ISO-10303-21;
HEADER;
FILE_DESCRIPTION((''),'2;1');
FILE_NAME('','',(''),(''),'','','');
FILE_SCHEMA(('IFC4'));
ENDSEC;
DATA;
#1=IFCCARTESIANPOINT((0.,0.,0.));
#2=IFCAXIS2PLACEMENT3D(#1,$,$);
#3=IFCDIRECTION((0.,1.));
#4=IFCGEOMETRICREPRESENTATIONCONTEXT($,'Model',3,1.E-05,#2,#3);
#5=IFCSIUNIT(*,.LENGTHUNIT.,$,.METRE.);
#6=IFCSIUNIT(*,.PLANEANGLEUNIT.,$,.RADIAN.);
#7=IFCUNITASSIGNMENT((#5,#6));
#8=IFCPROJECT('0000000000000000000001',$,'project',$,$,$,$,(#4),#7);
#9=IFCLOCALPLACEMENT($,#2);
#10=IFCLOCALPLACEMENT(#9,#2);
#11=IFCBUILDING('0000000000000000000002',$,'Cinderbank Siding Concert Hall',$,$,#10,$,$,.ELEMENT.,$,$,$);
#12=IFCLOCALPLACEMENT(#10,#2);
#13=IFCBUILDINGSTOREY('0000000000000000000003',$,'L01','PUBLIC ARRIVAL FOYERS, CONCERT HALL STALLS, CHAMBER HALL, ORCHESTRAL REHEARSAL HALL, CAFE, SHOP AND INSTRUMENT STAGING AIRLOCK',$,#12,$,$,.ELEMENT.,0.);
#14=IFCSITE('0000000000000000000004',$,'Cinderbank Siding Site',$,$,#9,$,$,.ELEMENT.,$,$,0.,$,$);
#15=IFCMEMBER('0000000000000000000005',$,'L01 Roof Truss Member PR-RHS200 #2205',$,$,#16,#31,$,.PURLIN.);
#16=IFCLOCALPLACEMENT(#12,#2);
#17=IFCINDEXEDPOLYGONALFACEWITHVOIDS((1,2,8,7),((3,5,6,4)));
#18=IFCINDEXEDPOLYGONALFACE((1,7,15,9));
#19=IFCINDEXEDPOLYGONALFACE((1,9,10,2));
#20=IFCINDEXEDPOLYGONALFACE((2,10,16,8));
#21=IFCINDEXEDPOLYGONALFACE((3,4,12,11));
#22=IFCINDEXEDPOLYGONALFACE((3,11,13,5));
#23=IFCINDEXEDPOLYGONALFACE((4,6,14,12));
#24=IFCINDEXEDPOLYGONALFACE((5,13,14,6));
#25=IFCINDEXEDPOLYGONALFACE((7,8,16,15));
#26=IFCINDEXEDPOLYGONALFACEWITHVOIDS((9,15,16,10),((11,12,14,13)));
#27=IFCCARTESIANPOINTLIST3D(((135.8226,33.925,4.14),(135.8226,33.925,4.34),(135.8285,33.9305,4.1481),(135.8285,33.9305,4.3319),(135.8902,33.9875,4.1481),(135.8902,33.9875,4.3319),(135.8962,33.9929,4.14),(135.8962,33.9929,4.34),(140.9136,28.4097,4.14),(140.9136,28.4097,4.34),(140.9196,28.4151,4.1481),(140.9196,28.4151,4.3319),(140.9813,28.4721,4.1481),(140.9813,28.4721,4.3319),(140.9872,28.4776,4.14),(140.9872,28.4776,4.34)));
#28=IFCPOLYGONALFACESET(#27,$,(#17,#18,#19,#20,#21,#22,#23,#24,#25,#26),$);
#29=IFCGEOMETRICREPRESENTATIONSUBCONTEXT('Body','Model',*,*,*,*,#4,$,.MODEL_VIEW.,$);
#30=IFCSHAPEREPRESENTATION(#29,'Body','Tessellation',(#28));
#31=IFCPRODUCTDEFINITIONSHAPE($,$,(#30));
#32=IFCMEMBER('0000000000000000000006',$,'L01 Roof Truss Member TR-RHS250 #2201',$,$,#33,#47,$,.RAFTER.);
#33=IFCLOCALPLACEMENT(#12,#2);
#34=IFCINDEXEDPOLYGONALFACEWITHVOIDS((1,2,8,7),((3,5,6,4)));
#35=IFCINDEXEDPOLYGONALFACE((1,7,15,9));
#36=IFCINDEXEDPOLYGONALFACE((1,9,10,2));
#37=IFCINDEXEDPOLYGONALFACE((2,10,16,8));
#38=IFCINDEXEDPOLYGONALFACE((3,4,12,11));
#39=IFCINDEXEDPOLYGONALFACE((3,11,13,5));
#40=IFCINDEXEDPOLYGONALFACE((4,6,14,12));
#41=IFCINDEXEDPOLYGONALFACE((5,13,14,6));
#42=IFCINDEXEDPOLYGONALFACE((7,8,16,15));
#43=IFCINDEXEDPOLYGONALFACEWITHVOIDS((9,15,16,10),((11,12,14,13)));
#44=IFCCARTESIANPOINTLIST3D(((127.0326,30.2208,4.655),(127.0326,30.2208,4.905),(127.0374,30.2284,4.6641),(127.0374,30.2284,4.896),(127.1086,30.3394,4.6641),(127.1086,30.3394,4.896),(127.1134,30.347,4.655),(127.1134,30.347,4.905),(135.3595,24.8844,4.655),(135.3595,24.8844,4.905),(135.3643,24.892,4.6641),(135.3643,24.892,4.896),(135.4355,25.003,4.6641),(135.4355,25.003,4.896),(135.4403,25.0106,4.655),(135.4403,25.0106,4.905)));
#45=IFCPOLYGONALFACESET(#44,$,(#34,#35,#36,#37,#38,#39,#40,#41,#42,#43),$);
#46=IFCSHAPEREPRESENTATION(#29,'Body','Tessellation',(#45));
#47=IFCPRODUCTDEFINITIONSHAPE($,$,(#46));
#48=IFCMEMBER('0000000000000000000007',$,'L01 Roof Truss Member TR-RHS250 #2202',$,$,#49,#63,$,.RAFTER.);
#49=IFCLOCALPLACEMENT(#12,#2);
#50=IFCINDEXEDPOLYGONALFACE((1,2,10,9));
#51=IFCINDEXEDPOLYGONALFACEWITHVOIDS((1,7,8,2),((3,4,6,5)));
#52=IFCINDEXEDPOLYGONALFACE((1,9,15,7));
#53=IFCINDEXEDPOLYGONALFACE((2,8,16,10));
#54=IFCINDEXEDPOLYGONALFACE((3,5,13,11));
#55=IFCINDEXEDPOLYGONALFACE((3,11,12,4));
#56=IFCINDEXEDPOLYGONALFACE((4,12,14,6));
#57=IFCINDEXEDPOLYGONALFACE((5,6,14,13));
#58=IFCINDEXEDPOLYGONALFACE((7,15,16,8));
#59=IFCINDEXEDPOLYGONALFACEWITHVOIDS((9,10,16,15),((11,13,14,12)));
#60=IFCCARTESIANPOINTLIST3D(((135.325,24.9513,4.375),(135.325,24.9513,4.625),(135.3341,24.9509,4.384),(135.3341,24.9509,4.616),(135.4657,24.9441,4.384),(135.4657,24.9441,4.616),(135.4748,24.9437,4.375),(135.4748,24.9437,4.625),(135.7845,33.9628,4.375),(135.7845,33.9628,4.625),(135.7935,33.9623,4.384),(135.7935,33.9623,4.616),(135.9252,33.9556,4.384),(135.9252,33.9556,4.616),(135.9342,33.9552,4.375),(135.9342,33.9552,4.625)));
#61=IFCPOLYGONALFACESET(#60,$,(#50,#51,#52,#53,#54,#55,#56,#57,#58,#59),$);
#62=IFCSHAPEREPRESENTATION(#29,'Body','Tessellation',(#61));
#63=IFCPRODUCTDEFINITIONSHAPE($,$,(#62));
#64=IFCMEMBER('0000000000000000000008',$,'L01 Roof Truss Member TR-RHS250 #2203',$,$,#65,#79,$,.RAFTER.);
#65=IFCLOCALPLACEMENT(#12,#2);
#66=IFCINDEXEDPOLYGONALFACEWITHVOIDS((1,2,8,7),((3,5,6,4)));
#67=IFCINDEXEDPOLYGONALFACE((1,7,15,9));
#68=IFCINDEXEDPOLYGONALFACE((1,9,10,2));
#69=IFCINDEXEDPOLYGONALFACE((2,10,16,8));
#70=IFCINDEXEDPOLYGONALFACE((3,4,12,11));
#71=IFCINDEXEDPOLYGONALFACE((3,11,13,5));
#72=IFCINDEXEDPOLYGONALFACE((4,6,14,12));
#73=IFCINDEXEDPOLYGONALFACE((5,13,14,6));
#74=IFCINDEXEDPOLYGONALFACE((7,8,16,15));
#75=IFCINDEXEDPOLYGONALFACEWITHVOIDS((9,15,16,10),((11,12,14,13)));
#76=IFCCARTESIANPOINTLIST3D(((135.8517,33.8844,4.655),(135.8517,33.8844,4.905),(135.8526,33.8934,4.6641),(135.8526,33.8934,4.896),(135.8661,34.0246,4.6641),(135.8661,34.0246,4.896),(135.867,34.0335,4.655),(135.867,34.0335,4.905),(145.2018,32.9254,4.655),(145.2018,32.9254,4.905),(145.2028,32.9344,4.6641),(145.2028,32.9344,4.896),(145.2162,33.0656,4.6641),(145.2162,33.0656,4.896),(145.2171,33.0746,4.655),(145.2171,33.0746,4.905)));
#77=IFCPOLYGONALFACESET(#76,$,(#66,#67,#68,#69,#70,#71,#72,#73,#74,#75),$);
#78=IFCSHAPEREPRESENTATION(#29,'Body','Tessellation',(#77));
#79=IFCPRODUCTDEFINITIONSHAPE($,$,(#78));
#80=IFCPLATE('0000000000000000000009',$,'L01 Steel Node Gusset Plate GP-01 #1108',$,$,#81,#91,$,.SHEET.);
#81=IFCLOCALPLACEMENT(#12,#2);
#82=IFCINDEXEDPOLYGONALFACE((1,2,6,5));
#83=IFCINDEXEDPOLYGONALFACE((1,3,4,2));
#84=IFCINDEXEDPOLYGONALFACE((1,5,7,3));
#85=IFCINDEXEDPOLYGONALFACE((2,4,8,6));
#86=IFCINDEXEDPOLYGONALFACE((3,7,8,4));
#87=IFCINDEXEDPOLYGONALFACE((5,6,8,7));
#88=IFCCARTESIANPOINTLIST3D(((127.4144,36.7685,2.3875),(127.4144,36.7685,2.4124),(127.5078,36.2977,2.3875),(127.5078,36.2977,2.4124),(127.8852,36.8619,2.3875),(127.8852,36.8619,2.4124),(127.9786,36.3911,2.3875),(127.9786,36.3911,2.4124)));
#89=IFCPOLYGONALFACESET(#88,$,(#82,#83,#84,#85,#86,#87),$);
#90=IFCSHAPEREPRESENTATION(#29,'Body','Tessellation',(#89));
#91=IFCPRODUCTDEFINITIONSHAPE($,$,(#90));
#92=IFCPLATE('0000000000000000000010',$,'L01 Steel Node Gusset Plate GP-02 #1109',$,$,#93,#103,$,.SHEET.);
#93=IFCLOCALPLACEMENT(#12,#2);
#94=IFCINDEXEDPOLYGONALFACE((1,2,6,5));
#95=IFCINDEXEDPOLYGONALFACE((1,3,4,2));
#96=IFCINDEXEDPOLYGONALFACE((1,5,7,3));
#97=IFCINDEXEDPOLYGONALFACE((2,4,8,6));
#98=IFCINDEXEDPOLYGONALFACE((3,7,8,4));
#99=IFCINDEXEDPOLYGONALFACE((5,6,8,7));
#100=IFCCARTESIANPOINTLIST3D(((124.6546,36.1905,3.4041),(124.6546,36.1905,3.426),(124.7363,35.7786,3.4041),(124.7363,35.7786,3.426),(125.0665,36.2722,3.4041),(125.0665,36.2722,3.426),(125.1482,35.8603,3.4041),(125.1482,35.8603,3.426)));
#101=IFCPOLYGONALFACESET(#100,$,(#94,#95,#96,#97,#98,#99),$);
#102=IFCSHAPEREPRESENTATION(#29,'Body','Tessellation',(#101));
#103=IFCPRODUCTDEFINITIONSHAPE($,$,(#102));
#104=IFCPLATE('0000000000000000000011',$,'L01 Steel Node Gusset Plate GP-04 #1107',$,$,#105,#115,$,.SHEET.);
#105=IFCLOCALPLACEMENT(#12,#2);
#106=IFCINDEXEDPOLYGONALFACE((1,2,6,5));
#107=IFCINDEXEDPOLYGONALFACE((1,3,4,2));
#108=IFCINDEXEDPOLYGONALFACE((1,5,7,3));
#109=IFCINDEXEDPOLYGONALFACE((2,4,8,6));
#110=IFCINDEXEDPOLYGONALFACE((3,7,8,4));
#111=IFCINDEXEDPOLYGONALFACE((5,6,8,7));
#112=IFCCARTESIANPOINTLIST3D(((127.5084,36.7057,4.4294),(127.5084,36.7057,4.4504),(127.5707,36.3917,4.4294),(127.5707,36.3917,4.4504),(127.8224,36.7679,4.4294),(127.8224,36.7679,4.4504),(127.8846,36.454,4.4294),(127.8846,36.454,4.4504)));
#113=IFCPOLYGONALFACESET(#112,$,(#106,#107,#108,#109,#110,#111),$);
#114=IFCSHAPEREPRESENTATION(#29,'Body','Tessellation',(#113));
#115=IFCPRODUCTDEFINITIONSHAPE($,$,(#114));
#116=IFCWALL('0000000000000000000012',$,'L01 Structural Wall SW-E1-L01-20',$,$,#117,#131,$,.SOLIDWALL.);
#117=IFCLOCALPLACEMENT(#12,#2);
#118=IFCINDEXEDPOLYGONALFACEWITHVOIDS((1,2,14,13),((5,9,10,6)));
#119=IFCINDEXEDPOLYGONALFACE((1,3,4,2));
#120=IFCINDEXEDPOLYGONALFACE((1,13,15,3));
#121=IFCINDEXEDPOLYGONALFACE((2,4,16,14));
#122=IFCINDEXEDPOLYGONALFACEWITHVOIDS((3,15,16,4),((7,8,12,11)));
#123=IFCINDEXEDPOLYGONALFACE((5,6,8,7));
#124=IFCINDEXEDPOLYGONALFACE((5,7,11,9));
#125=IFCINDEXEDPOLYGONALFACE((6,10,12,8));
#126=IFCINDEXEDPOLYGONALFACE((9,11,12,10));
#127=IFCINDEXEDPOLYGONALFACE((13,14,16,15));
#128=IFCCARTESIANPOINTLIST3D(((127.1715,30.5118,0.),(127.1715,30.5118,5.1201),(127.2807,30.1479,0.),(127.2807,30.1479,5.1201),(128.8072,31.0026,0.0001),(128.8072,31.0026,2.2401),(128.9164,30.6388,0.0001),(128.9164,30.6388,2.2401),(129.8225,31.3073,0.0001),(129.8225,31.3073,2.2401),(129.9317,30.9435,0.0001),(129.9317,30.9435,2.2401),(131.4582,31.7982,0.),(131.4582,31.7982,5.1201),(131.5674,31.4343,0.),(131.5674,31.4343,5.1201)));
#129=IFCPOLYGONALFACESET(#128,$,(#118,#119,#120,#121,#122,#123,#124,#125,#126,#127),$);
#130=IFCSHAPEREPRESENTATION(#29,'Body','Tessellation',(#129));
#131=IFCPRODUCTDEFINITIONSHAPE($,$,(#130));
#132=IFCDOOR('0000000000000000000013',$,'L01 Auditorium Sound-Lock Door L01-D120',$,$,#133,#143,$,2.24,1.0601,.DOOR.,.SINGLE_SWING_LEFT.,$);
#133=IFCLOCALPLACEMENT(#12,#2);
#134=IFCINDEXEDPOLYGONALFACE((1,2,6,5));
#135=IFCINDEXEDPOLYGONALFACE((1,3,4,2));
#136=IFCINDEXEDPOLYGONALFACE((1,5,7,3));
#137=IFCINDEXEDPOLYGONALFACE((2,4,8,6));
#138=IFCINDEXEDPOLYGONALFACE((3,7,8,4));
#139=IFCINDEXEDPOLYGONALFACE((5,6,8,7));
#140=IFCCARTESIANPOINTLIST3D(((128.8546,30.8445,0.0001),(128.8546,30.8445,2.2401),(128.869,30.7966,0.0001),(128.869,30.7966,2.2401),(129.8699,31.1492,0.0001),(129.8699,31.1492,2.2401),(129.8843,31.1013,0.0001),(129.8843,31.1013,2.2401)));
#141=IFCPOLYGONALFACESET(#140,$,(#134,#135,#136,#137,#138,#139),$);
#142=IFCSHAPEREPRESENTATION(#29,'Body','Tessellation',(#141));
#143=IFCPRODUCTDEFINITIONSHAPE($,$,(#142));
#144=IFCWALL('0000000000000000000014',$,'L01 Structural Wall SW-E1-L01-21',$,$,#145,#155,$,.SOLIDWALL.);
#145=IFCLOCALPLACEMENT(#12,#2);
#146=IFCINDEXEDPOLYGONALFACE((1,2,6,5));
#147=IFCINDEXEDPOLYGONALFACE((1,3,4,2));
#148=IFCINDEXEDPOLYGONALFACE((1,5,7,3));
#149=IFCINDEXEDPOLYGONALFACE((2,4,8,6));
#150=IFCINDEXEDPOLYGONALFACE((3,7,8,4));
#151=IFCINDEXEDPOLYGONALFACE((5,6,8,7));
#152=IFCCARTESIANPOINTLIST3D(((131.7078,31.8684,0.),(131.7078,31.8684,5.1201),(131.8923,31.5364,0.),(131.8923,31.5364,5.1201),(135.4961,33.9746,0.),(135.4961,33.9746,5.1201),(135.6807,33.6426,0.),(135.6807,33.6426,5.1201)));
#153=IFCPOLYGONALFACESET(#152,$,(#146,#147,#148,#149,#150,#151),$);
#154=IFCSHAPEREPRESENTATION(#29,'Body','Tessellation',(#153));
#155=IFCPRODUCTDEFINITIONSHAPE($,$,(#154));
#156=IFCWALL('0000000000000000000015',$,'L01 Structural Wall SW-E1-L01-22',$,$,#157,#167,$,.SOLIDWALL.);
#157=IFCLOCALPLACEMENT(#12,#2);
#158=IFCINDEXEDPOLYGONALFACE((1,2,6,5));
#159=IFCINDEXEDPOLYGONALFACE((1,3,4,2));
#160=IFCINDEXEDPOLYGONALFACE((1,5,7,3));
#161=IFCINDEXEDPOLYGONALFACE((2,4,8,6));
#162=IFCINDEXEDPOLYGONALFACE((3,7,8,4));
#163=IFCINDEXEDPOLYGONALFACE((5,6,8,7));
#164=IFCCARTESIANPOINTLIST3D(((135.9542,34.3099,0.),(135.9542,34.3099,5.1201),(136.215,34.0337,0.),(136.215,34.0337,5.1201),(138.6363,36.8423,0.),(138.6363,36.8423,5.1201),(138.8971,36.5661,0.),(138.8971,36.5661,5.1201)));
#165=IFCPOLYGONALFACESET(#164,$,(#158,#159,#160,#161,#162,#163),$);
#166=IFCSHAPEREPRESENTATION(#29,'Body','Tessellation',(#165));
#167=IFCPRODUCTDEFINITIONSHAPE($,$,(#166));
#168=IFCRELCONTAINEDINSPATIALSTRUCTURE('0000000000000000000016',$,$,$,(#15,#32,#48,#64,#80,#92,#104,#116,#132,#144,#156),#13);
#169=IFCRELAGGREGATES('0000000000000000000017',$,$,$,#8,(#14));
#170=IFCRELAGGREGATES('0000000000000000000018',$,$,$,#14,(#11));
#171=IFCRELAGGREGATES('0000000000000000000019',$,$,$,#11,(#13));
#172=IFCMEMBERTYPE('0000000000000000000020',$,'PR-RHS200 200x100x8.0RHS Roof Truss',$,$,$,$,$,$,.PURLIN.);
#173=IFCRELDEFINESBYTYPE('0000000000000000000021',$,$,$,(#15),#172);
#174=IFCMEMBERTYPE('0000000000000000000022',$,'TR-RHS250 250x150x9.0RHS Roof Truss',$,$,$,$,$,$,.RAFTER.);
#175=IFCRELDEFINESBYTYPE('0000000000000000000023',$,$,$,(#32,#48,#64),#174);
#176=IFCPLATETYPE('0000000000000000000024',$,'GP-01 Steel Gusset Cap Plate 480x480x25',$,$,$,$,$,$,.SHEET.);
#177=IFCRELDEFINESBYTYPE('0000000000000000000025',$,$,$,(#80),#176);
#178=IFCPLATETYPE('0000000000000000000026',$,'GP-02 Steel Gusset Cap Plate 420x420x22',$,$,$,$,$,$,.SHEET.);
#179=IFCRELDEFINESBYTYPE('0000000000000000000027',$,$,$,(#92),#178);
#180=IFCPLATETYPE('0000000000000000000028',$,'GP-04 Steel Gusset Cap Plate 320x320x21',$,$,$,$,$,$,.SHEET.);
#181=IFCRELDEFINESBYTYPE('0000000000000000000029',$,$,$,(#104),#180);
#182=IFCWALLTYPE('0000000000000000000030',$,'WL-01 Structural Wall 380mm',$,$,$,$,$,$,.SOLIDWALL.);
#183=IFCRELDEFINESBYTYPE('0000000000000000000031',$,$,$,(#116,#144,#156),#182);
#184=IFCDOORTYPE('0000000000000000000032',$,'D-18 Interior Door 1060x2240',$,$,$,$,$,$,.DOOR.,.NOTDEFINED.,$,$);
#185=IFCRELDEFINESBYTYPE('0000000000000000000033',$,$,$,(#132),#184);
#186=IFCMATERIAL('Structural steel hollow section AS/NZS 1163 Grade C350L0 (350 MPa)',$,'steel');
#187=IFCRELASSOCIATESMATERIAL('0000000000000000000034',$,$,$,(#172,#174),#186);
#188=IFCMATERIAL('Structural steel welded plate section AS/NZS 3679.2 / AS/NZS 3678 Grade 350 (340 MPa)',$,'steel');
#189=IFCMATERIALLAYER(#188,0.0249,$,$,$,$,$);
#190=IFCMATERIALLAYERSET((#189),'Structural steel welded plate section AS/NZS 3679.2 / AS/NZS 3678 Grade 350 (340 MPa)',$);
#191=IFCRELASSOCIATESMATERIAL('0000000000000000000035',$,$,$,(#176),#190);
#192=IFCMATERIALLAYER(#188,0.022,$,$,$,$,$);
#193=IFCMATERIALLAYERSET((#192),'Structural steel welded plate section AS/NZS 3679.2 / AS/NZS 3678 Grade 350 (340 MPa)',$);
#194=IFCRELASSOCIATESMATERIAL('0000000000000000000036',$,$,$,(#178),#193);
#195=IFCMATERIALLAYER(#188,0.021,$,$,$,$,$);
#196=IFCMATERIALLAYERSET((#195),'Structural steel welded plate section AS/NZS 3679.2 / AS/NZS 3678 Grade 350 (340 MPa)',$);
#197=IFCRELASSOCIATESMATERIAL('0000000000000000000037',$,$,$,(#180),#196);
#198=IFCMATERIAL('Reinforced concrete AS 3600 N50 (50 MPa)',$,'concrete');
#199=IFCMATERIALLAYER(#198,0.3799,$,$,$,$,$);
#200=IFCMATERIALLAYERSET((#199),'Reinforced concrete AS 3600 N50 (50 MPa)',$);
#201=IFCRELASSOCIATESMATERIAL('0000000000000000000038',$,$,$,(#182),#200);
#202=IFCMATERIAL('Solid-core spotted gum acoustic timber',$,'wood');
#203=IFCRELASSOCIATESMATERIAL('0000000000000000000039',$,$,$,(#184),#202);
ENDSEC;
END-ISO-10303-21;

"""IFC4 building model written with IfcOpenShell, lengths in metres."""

from ifc_helpers import new_model, si_unit, direction, frame, frame_2d, origin, origin_2d, place, context, subcontext, project, spatial, rectangle, hollow_rectangle, extrude, material, layer, layer_set, material_profile, profile_set, type_object, element, fill, save


model = new_model("IFC4")

# Units and contexts
model_context = context("Model", 3, precision=1e-05, world=origin(), true_north=direction((0.0, 1.0)))
body_context = subcontext(model_context, "Body", "Model", "MODEL_VIEW")
ifc_project = project(units=[si_unit("LENGTHUNIT", "METRE"), si_unit("PLANEANGLEUNIT", "RADIAN")], contexts=[model_context])

# Site, building, storey
site_placement = place(None, origin())
site = spatial("IfcSite", under=ifc_project, at=site_placement, Name="Cinderbank Siding Site", CompositionType="ELEMENT", RefElevation=0.0)
building_placement = place(site_placement, origin())
building = spatial("IfcBuilding", under=site, at=building_placement, Name="Cinderbank Siding Concert Hall", CompositionType="ELEMENT")
storey_placement = place(building_placement, origin())
storey = spatial("IfcBuildingStorey", under=building, at=storey_placement, Name="L01", Description="PUBLIC ARRIVAL FOYERS, CONCERT HALL STALLS, CHAMBER HALL, ORCHESTRAL REHEARSAL HALL, CAFE, SHOP AND INSTRUMENT STAGING AIRLOCK", CompositionType="ELEMENT", Elevation=0.0)

# Shared definitions
ifc_material_1 = material(Name="Reinforced concrete AS 3600 N50 (50 MPa)", Category="concrete")
ifc_material_2 = material(Name="Structural steel welded plate section AS/NZS 3679.2 / AS/NZS 3678 Grade 350 (340 MPa)", Category="steel")

# Members
ifc_material_3 = material(Name="Structural steel hollow section AS/NZS 1163 Grade C350L0 (350 MPa)", Category="steel")
ifc_material_profile_1 = material_profile(ifc_material_3, hollow_rectangle(XDim=0.1001, YDim=0.2, WallThickness=0.0081, at=origin_2d()), Name="200x100x8.0RHS", Category="LoadBearing")
ifc_profile_set_1 = profile_set([ifc_material_profile_1], Name="Structural steel hollow section AS/NZS 1163 Grade C350L0 (350 MPa)")
member_type_1 = type_object("IfcMemberType", Name="PR-RHS200 200x100x8.0RHS Roof Truss", PredefinedType="PURLIN", material=ifc_profile_set_1)
member_1_placement = place(storey_placement, frame((135.8594, 33.959, 4.24), z_axis=(0.678276, -0.734807, 0.0), x_axis=(0.734807, 0.678276, 0.0)))
element("IfcMember", 1, at=member_1_placement, inside=storey, type_object=member_type_1, Name="L01 Roof Truss Member PR-RHS200 #2205", PredefinedType="PURLIN", context=body_context, shape_type="SweptSolid", body=[
    extrude(hollow_rectangle(XDim=0.1001, YDim=0.2, WallThickness=0.0081, at=origin_2d()), origin(), (0.0, 0.0, 1.0), 7.5059),
])
ifc_material_profile_2 = material_profile(ifc_material_3, hollow_rectangle(XDim=0.1499, YDim=0.25, WallThickness=0.009, at=origin_2d()), Name="250x150x9.0RHS", Category="LoadBearing")
ifc_profile_set_2 = profile_set([ifc_material_profile_2], Name="Structural steel hollow section AS/NZS 1163 Grade C350L0 (350 MPa)")
member_type_2 = type_object("IfcMemberType", Name="TR-RHS250 250x150x9.0RHS Roof Truss", PredefinedType="RAFTER", material=ifc_profile_set_2)
member_2_placement = place(storey_placement, frame((127.073, 30.2839, 4.78), z_axis=(0.84194, -0.539571, 0.0), x_axis=(0.539571, 0.84194, 0.0)))
element("IfcMember", 2, at=member_2_placement, inside=storey, type_object=member_type_2, Name="L01 Roof Truss Member TR-RHS250 #2201", PredefinedType="RAFTER", context=body_context, shape_type="SweptSolid", body=[
    extrude(hollow_rectangle(XDim=0.1499, YDim=0.25, WallThickness=0.009, at=origin_2d()), origin(), (0.0, 0.0, 1.0), 9.8901),
])
member_3_placement = place(storey_placement, frame((135.8594, 33.959, 4.5), z_axis=(-0.050921, -0.998703, 0.0), x_axis=(0.998703, -0.050921, 0.0)))
element("IfcMember", 3, at=member_3_placement, inside=storey, type_object=member_type_2, Name="L01 Roof Truss Member TR-RHS250 #2202", PredefinedType="RAFTER", context=body_context, shape_type="SweptSolid", body=[
    extrude(hollow_rectangle(XDim=0.1499, YDim=0.25, WallThickness=0.009, at=origin_2d()), origin(), (0.0, 0.0, 1.0), 9.0232),
])
member_4_placement = place(storey_placement, frame((135.8594, 33.959, 4.78), z_axis=(0.994781, -0.102029, 0.0), x_axis=(0.102029, 0.994781, 0.0)))
element("IfcMember", 4, at=member_4_placement, inside=storey, type_object=member_type_2, Name="L01 Roof Truss Member TR-RHS250 #2203", PredefinedType="RAFTER", context=body_context, shape_type="SweptSolid", body=[
    extrude(hollow_rectangle(XDim=0.1499, YDim=0.25, WallThickness=0.009, at=origin_2d()), origin(), (0.0, 0.0, 1.0), 9.3992),
])

# Plates
ifc_layer_1 = layer(ifc_material_2, 0.0249)
ifc_layer_set_1 = layer_set([ifc_layer_1], Name="Structural steel welded plate section AS/NZS 3679.2 / AS/NZS 3678 Grade 350 (340 MPa)")
plate_type_1 = type_object("IfcPlateType", Name="GP-01 Steel Gusset Cap Plate 480x480x25", PredefinedType="SHEET", material=ifc_layer_set_1)
plate_1_placement = place(storey_placement, frame((127.6965, 36.5798, 2.3875), z_axis=(0.0, 0.0, 1.0), x_axis=(-0.980887, -0.194577, 0.0)))
element("IfcPlate", 5, at=plate_1_placement, inside=storey, type_object=plate_type_1, Name="L01 Steel Node Gusset Plate GP-01 #1108", PredefinedType="SHEET", context=body_context, shape_type="SweptSolid", body=[
    extrude(rectangle(XDim=0.48, YDim=0.48, at=origin_2d()), origin(), (0.0, 0.0, 1.0), 0.0249),
])
ifc_layer_2 = layer(ifc_material_2, 0.022)
ifc_layer_set_2 = layer_set([ifc_layer_2], Name="Structural steel welded plate section AS/NZS 3679.2 / AS/NZS 3678 Grade 350 (340 MPa)")
plate_type_2 = type_object("IfcPlateType", Name="GP-02 Steel Gusset Cap Plate 420x420x22", PredefinedType="SHEET", material=ifc_layer_set_2)
plate_2_placement = place(storey_placement, frame((124.9014, 36.0254, 3.4041), z_axis=(0.0, 0.0, 1.0), x_axis=(-0.980887, -0.194577, 0.0)))
element("IfcPlate", 6, at=plate_2_placement, inside=storey, type_object=plate_type_2, Name="L01 Steel Node Gusset Plate GP-02 #1109", PredefinedType="SHEET", context=body_context, shape_type="SweptSolid", body=[
    extrude(rectangle(XDim=0.4199, YDim=0.4199, at=origin_2d()), origin(), (0.0, 0.0, 1.0), 0.022),
])
ifc_layer_3 = layer(ifc_material_2, 0.021)
ifc_layer_set_3 = layer_set([ifc_layer_3], Name="Structural steel welded plate section AS/NZS 3679.2 / AS/NZS 3678 Grade 350 (340 MPa)")
plate_type_3 = type_object("IfcPlateType", Name="GP-04 Steel Gusset Cap Plate 320x320x21", PredefinedType="SHEET", material=ifc_layer_set_3)
plate_3_placement = place(storey_placement, frame((127.6965, 36.5798, 4.4294), z_axis=(0.0, 0.0, 1.0), x_axis=(0.980887, 0.194577, 0.0)))
element("IfcPlate", 7, at=plate_3_placement, inside=storey, type_object=plate_type_3, Name="L01 Steel Node Gusset Plate GP-04 #1107", PredefinedType="SHEET", context=body_context, shape_type="SweptSolid", body=[
    extrude(rectangle(XDim=0.3201, YDim=0.3201, at=origin_2d()), origin(), (0.0, 0.0, 1.0), 0.021),
])

# Wall, opening, door
ifc_layer_4 = layer(ifc_material_1, 0.3799)
ifc_layer_set_4 = layer_set([ifc_layer_4], Name="Reinforced concrete AS 3600 N50 (50 MPa)")
wall_type_1 = type_object("IfcWallType", Name="WL-01 Structural Wall 380mm", PredefinedType="SOLIDWALL", material=ifc_layer_set_4)
wall_1_placement = place(storey_placement, frame((127.2261, 30.3298, 0.0), z_axis=(0.0, 0.0, 1.0), x_axis=(0.957802, 0.287428, 0.0)))
wall_1 = element("IfcWall", 8, at=wall_1_placement, inside=storey, type_object=wall_type_1, Name="L01 Structural Wall SW-E1-L01-20", PredefinedType="SOLIDWALL", context=body_context, shape_type="SweptSolid", body=[
    extrude(rectangle(XDim=4.4756, YDim=0.3799, at=frame_2d((2.2378, 0.0))), origin(), (0.0, 0.0, 1.0), 5.1201),
])
opening_1_placement = place(wall_1_placement, frame((1.7078, 0.0, 0.0)))
opening_1 = element("IfcOpeningElement", 9, at=opening_1_placement, cuts=wall_1, PredefinedType="OPENING", context=body_context, shape_type="SweptSolid", body=[
    extrude(rectangle(XDim=1.0601, YDim=2.24, at=frame_2d((0.53, 1.1201))), frame((0.0, 0.2019, 0.0), z_axis=(0.0, -1.0, 0.0), x_axis=(1.0, 0.0, 0.0)), (0.0, 0.0, 1.0), 0.4038),
])
ifc_material_4 = material(Name="Solid-core spotted gum acoustic timber", Category="wood")
door_type_1 = type_object("IfcDoorType", Name="D-18 Interior Door 1060x2240", OperationType="NOTDEFINED", PredefinedType="DOOR", material=ifc_material_4)
door_1_placement = place(opening_1_placement, origin())
door_1 = element("IfcDoor", 10, at=door_1_placement, inside=storey, type_object=door_type_1, Name="L01 Auditorium Sound-Lock Door L01-D120", OperationType="SINGLE_SWING_LEFT", OverallHeight=2.24, OverallWidth=1.0601, PredefinedType="DOOR", context=body_context, shape_type="SweptSolid", body=[
    extrude(rectangle(XDim=1.0601, YDim=2.24, at=frame_2d((0.53, 1.1201))), frame((0.0, 0.0249, 0.0), z_axis=(0.0, -1.0, 0.0), x_axis=(1.0, 0.0, 0.0)), (0.0, 0.0, 1.0), 0.05),
])
fill(opening_1, door_1)

# Walls
wall_2_placement = place(storey_placement, frame((131.8, 31.7024, 0.0), z_axis=(0.0, 0.0, 1.0), x_axis=(0.874003, 0.48592, 0.0)))
element("IfcWall", 11, at=wall_2_placement, inside=storey, type_object=wall_type_1, Name="L01 Structural Wall SW-E1-L01-21", PredefinedType="SOLIDWALL", context=body_context, shape_type="SweptSolid", body=[
    extrude(rectangle(XDim=4.3345, YDim=0.3799, at=frame_2d((2.1672, 0.0))), origin(), (0.0, 0.0, 1.0), 5.1201),
])
wall_3_placement = place(storey_placement, frame((136.0847, 34.1719, 0.0), z_axis=(0.0, 0.0, 1.0), x_axis=(0.727101, 0.68653, 0.0)))
element("IfcWall", 12, at=wall_3_placement, inside=storey, type_object=wall_type_1, Name="L01 Structural Wall SW-E1-L01-22", PredefinedType="SOLIDWALL", context=body_context, shape_type="SweptSolid", body=[
    extrude(rectangle(XDim=3.6887, YDim=0.3799, at=frame_2d((1.8442, 0.0))), origin(), (0.0, 0.0, 1.0), 5.1201),
])

save(model, "model.ifc")
